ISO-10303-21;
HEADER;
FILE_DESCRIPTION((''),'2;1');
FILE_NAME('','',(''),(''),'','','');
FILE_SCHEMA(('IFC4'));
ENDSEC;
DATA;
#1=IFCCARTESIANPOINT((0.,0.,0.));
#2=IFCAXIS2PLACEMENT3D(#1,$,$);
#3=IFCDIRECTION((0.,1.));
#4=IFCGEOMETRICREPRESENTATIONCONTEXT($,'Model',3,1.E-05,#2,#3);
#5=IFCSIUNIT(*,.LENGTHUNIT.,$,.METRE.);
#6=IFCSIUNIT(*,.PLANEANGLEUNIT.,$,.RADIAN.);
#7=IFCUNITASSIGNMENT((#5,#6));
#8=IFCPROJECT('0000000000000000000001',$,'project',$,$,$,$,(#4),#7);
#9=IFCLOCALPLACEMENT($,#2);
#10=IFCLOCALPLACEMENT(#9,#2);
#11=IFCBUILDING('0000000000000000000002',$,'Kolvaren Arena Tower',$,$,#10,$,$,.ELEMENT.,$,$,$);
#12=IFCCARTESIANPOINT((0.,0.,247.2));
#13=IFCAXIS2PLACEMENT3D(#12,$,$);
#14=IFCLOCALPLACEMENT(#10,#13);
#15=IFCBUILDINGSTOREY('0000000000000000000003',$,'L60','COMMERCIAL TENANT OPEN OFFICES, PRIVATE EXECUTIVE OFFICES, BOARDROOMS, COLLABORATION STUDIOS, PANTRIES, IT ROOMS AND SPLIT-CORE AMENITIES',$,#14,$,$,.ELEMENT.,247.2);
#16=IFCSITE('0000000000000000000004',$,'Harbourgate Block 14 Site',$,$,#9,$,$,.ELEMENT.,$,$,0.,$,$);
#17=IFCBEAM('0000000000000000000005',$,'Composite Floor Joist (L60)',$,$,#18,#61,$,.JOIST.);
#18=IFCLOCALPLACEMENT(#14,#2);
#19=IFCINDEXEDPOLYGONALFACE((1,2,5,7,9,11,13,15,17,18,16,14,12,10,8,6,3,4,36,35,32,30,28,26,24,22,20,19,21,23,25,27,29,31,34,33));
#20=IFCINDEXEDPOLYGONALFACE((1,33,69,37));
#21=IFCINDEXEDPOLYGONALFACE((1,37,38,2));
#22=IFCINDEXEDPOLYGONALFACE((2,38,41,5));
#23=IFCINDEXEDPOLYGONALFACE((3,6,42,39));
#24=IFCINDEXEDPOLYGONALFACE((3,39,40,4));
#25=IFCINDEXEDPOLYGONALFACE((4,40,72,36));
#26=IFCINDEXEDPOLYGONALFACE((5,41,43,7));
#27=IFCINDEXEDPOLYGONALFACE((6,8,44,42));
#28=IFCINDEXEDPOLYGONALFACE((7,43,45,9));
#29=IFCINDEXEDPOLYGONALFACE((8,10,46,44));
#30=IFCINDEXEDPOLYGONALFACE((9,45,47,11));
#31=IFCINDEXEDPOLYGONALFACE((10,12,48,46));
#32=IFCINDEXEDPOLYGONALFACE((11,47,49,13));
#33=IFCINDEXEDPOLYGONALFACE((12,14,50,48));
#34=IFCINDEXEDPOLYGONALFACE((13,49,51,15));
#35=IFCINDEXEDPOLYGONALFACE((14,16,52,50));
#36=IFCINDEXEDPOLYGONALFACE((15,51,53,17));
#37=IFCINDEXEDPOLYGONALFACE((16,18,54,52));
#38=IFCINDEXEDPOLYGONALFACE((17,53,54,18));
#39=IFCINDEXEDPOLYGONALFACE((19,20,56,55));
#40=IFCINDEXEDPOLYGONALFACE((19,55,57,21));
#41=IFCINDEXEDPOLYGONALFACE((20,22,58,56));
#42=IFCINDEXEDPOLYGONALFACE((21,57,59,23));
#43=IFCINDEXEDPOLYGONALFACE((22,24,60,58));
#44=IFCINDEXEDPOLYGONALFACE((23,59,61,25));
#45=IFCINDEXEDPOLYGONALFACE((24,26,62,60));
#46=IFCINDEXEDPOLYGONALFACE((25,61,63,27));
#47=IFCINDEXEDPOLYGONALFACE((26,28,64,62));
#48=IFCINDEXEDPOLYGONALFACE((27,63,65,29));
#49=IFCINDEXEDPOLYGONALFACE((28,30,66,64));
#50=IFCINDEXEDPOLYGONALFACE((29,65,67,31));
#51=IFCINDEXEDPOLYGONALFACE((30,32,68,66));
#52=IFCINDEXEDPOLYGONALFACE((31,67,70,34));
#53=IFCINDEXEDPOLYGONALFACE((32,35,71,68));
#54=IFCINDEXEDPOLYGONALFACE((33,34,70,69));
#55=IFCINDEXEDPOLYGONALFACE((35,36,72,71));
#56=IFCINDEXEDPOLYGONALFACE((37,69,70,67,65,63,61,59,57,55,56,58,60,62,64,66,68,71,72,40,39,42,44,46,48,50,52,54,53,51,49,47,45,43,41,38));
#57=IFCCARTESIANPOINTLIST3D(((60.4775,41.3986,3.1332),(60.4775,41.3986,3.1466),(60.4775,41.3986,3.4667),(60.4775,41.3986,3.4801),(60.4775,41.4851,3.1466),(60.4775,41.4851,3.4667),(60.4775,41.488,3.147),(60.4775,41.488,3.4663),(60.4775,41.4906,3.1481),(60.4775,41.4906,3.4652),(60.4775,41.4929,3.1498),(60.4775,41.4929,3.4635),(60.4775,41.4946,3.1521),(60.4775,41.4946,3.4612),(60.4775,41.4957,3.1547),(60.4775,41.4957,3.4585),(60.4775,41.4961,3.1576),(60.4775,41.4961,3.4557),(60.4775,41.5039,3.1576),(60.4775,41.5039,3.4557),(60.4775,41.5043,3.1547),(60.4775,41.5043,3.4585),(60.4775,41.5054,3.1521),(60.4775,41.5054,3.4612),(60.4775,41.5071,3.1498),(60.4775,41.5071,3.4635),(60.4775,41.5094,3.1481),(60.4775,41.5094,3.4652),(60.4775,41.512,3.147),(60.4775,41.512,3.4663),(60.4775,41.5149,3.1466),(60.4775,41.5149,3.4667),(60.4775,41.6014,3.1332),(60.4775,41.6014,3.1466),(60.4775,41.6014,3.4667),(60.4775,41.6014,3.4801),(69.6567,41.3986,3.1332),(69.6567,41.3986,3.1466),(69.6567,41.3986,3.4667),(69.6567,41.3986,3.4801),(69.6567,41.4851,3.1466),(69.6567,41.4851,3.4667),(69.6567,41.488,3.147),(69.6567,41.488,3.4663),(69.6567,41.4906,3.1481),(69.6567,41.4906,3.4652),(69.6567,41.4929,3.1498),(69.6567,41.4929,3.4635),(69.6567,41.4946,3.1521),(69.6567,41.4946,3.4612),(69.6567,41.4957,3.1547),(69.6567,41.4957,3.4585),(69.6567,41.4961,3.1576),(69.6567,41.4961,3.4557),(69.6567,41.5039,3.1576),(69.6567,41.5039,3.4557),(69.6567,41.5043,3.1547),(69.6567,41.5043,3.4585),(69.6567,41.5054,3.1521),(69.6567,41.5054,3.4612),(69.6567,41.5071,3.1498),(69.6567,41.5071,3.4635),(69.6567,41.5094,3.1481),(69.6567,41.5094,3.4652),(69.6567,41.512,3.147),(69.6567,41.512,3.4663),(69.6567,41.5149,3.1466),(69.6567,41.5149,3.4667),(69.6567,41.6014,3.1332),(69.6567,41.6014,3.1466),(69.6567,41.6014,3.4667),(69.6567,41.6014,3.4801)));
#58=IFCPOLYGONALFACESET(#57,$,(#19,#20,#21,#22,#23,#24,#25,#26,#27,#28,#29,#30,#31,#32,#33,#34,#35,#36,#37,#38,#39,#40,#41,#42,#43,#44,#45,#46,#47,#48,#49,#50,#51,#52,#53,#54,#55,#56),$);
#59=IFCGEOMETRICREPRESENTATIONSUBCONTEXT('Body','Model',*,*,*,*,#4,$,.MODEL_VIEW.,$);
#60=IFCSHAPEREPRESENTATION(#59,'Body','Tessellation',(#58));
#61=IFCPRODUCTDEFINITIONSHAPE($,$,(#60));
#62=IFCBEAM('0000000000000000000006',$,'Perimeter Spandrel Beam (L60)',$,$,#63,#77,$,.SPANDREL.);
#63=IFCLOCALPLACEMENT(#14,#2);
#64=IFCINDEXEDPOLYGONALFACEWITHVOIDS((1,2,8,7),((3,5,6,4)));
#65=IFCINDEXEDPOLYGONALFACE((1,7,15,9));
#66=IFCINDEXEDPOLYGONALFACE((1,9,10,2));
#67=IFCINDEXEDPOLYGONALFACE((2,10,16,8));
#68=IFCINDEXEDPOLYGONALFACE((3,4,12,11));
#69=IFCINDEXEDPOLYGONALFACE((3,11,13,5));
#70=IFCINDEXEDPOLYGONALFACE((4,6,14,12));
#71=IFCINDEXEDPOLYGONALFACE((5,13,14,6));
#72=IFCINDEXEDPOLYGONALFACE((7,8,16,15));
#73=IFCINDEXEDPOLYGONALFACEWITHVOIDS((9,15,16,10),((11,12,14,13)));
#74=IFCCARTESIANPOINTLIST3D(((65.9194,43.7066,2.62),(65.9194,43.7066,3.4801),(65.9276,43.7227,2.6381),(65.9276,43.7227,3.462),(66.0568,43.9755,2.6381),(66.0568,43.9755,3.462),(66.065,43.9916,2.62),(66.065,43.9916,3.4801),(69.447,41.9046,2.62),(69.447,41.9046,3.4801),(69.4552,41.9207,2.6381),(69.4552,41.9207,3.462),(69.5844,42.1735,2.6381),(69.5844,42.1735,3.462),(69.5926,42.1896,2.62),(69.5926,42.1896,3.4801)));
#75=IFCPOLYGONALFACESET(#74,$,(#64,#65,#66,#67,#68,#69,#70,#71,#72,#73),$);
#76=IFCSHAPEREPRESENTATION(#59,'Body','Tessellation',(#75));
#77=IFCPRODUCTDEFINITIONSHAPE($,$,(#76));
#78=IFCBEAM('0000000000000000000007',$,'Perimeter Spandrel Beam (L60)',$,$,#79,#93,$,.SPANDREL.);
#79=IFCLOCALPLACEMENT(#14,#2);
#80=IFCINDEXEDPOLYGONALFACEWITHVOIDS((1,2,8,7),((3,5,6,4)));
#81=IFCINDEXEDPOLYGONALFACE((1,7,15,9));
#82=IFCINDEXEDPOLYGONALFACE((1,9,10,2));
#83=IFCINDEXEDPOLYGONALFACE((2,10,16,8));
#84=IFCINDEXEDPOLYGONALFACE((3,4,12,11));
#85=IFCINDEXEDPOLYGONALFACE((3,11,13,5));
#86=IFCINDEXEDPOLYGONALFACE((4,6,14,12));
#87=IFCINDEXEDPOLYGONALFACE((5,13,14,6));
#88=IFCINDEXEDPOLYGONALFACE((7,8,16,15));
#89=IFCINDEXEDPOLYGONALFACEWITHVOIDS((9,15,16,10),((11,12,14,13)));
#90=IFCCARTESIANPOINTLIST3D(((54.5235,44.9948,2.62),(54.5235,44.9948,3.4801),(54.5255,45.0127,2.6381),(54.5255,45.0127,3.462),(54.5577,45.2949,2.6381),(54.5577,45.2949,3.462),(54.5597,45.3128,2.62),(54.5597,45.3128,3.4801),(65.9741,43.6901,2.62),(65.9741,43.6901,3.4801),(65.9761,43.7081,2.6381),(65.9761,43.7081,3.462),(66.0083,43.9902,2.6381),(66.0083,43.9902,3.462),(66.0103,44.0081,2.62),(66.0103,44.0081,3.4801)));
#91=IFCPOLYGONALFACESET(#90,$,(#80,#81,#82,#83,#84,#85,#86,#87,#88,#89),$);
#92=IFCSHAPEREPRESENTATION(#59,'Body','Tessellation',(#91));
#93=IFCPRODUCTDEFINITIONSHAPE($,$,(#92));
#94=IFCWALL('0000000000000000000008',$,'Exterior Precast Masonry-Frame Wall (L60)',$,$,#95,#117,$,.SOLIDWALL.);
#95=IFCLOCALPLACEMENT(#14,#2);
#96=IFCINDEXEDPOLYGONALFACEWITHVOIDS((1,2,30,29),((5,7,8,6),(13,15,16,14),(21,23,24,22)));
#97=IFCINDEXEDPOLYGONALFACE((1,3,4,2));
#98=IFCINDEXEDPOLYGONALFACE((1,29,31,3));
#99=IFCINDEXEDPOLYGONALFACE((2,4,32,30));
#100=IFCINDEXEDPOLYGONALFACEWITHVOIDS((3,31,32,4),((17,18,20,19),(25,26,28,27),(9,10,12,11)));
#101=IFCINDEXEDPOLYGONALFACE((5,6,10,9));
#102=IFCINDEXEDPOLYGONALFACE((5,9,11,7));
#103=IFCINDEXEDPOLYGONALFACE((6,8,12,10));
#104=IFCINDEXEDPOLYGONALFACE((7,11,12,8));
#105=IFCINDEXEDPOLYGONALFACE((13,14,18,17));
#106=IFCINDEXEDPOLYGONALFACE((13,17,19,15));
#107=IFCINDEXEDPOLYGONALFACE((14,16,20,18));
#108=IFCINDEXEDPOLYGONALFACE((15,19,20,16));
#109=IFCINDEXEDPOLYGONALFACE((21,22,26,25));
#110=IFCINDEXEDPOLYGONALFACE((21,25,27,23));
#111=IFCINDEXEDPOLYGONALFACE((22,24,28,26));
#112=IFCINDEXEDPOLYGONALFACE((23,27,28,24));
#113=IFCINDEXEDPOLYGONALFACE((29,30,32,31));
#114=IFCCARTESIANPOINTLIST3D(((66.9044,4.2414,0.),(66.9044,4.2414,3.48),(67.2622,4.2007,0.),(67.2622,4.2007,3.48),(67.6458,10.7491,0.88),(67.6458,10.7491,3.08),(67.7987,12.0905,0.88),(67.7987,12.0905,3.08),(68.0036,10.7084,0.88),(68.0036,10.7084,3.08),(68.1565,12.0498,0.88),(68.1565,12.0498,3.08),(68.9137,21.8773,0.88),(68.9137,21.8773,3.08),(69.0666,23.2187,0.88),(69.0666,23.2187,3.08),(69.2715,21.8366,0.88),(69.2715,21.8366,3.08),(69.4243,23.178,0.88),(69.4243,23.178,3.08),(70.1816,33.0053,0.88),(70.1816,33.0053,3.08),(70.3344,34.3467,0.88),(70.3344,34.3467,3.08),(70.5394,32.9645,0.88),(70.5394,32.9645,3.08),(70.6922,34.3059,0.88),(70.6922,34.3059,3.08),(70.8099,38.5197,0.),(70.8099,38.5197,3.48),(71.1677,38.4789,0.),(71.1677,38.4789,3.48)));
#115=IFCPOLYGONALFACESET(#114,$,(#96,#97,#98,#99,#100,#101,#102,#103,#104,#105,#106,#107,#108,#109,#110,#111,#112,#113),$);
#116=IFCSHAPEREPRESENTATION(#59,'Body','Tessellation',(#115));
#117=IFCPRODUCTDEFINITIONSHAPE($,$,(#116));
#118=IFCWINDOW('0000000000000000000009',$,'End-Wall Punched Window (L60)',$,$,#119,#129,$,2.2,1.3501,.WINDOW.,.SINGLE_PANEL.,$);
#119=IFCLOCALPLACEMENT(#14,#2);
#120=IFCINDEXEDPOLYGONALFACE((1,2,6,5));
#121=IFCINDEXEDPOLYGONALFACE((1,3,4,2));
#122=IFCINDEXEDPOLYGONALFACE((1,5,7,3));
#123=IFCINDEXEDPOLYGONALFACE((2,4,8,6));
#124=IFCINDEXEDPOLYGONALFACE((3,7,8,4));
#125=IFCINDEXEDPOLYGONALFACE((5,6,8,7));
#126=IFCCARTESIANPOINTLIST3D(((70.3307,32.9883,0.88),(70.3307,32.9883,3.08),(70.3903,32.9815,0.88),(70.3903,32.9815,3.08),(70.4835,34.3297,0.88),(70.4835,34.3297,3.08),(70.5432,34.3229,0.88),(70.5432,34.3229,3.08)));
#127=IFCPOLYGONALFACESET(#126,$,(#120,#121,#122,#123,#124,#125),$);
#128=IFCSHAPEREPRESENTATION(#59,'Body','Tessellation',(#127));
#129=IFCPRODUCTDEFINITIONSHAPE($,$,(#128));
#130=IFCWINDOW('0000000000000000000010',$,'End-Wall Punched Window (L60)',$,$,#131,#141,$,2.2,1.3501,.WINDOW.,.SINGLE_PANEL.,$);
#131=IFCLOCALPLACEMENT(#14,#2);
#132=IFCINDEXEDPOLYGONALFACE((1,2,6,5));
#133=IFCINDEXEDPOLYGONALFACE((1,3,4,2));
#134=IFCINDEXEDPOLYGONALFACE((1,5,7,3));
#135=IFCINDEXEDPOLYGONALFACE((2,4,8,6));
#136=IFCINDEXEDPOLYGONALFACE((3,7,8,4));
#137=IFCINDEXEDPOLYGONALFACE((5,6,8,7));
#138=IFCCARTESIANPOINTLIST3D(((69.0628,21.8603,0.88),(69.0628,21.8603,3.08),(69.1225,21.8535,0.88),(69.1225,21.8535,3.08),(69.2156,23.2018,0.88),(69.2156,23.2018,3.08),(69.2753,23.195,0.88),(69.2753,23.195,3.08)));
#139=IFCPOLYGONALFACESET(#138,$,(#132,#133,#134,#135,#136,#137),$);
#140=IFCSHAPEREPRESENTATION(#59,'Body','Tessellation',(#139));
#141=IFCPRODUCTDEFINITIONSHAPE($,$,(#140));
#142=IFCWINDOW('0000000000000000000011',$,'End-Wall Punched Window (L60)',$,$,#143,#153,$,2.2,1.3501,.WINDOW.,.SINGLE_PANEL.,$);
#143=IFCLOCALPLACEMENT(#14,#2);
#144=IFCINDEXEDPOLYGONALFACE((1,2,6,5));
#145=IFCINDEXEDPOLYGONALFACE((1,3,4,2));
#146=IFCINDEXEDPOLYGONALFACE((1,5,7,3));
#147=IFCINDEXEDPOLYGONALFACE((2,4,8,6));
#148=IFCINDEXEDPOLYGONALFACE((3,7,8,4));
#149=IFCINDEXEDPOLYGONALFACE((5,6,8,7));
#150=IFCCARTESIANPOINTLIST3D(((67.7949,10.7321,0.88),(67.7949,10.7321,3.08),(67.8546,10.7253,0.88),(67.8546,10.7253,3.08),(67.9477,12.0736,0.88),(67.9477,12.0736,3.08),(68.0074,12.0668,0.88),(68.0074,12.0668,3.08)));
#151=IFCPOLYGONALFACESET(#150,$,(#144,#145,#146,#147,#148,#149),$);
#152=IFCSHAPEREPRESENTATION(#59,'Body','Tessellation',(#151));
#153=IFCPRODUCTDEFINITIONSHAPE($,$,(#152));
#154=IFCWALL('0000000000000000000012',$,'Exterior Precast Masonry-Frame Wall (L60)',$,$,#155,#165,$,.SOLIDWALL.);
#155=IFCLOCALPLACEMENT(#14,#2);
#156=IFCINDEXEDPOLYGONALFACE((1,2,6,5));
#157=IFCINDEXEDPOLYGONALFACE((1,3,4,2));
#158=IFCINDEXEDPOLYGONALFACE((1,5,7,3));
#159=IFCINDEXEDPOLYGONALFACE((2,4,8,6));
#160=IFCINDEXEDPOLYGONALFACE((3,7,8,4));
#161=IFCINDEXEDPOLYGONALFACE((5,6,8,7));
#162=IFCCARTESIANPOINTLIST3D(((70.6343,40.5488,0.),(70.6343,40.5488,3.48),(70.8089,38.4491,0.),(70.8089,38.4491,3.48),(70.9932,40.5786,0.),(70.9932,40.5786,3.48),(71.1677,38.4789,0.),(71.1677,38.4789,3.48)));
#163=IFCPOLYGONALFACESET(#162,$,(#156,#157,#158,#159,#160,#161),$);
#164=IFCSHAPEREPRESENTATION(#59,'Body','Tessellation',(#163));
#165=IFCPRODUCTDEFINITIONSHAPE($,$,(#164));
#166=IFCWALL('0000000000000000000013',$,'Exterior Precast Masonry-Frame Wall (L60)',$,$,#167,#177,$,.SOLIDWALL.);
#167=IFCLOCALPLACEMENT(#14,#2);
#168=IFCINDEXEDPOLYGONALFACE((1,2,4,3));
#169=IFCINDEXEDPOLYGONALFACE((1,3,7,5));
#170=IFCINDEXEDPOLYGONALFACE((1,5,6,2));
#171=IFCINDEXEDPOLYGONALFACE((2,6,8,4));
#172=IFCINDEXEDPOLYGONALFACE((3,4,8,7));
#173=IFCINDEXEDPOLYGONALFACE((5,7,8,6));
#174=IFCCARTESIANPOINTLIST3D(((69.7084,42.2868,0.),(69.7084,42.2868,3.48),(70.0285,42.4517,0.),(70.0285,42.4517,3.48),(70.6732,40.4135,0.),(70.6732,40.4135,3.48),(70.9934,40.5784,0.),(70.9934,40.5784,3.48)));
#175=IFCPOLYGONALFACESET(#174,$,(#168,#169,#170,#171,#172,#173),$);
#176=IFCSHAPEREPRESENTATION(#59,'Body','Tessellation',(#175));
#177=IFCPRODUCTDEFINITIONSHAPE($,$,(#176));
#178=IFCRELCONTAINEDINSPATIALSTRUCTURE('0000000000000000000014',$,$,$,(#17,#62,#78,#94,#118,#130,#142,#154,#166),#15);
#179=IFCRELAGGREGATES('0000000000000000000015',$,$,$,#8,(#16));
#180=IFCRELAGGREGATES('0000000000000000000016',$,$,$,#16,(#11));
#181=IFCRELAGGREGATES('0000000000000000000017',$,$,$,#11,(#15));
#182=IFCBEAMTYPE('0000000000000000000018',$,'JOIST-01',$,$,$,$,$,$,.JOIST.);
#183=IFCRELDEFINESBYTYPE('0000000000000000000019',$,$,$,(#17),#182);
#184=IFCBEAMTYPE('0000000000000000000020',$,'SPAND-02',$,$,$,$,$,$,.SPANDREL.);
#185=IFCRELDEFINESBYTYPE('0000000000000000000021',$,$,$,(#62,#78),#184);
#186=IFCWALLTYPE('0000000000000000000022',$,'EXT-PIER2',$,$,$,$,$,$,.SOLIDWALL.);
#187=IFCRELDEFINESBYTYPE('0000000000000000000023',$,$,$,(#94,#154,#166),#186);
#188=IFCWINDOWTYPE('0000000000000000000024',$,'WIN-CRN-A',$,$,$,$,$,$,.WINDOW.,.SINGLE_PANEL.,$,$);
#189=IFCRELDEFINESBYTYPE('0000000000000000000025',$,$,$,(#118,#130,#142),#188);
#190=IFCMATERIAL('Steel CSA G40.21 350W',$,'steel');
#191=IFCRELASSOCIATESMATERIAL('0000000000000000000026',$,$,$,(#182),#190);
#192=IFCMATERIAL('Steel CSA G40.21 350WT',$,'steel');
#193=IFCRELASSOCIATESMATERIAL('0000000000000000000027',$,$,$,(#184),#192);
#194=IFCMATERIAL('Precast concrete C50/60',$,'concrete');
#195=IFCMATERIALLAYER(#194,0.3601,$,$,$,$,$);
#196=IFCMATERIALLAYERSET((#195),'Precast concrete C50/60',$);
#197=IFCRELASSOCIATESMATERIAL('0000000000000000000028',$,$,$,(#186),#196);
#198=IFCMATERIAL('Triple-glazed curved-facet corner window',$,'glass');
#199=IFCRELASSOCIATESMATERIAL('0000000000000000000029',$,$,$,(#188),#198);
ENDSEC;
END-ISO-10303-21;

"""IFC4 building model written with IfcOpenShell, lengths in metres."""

from ifc_helpers import new_model, si_unit, direction, frame, frame_2d, origin, origin_2d, place, context, subcontext, project, spatial, rectangle, hollow_rectangle, i_section, extrude, material, layer, layer_set, material_profile, profile_set, type_object, element, fill, save


model = new_model("IFC4")

# Units and contexts
model_context = context("Model", 3, precision=1e-05, world=origin(), true_north=direction((0.0, 1.0)))
body_context = subcontext(model_context, "Body", "Model", "MODEL_VIEW")
ifc_project = project(units=[si_unit("LENGTHUNIT", "METRE"), si_unit("PLANEANGLEUNIT", "RADIAN")], contexts=[model_context])

# Site, building, storey
site_placement = place(None, origin())
site = spatial("IfcSite", under=ifc_project, at=site_placement, Name="Harbourgate Block 14 Site", CompositionType="ELEMENT", RefElevation=0.0)
building_placement = place(site_placement, origin())
building = spatial("IfcBuilding", under=site, at=building_placement, Name="Kolvaren Arena Tower", CompositionType="ELEMENT")
storey_placement = place(building_placement, frame((0.0, 0.0, 247.2)))
storey = spatial("IfcBuildingStorey", under=building, at=storey_placement, Name="L60", Description="COMMERCIAL TENANT OPEN OFFICES, PRIVATE EXECUTIVE OFFICES, BOARDROOMS, COLLABORATION STUDIOS, PANTRIES, IT ROOMS AND SPLIT-CORE AMENITIES", CompositionType="ELEMENT", Elevation=247.2)

# Beams
ifc_material_1 = material(Name="Steel CSA G40.21 350W", Category="steel")
ifc_material_profile_1 = material_profile(ifc_material_1, i_section(OverallWidth=0.2029, OverallDepth=0.3469, WebThickness=0.0078, FlangeThickness=0.0134, FilletRadius=0.011, at=origin_2d()), Name="W360x64")
ifc_profile_set_1 = profile_set([ifc_material_profile_1], Name="Steel CSA G40.21 350W")
beam_type_1 = type_object("IfcBeamType", Name="JOIST-01", PredefinedType="JOIST", material=ifc_profile_set_1)
beam_1_placement = place(storey_placement, frame((60.4775, 41.5, 3.3066), z_axis=(1.0, 0.0, 0.0), x_axis=(0.0, 1.0, 0.0)))
element("IfcBeam", 1, at=beam_1_placement, inside=storey, type_object=beam_type_1, Name="Composite Floor Joist (L60)", PredefinedType="JOIST", context=body_context, shape_type="SweptSolid", body=[
    extrude(i_section(OverallWidth=0.2029, OverallDepth=0.3469, WebThickness=0.0078, FlangeThickness=0.0134, FilletRadius=0.011, at=origin_2d()), origin(), (0.0, 0.0, 1.0), 9.1792),
])
ifc_material_2 = material(Name="Steel CSA G40.21 350WT", Category="steel")
ifc_material_profile_2 = material_profile(ifc_material_2, hollow_rectangle(XDim=0.3201, YDim=0.8601, WallThickness=0.0181, at=origin_2d()), Name="HSS 860x320x18")
ifc_profile_set_2 = profile_set([ifc_material_profile_2], Name="Steel CSA G40.21 350WT")
beam_type_2 = type_object("IfcBeamType", Name="SPAND-02", PredefinedType="SPANDREL", material=ifc_profile_set_2)
beam_2_placement = place(storey_placement, frame((69.5198, 42.0471, 3.05), z_axis=(-0.890536, 0.454913, 0.0), x_axis=(-0.454913, -0.890536, 0.0)))
element("IfcBeam", 2, at=beam_2_placement, inside=storey, type_object=beam_type_2, Name="Perimeter Spandrel Beam (L60)", PredefinedType="SPANDREL", context=body_context, shape_type="SweptSolid", body=[
    extrude(hollow_rectangle(XDim=0.3201, YDim=0.8601, WallThickness=0.0181, at=origin_2d()), origin(), (0.0, 0.0, 1.0), 3.9612),
])
beam_3_placement = place(storey_placement, frame((65.9922, 43.8491, 3.05), z_axis=(-0.993571, 0.113207, 0.0), x_axis=(-0.113207, -0.993571, 0.0)))
element("IfcBeam", 3, at=beam_3_placement, inside=storey, type_object=beam_type_2, Name="Perimeter Spandrel Beam (L60)", PredefinedType="SPANDREL", context=body_context, shape_type="SweptSolid", body=[
    extrude(hollow_rectangle(XDim=0.3201, YDim=0.8601, WallThickness=0.0181, at=origin_2d()), origin(), (0.0, 0.0, 1.0), 11.5247),
])

# Wall, openings, windows
ifc_material_3 = material(Name="Precast concrete C50/60", Category="concrete")
ifc_layer_1 = layer(ifc_material_3, 0.3601)
ifc_layer_set_1 = layer_set([ifc_layer_1], Name="Precast concrete C50/60")
wall_type_1 = type_object("IfcWallType", Name="EXT-PIER2", PredefinedType="SOLIDWALL", material=ifc_layer_set_1)
wall_1_placement = place(storey_placement, frame((70.9888, 38.4993, 0.0), z_axis=(0.0, 0.0, 1.0), x_axis=(-0.113203, -0.993572, 0.0)))
wall_1 = element("IfcWall", 4, at=wall_1_placement, inside=storey, type_object=wall_type_1, Name="Exterior Precast Masonry-Frame Wall (L60)", PredefinedType="SOLIDWALL", context=body_context, shape_type="SweptSolid", body=[
    extrude(rectangle(XDim=34.5, YDim=0.3601, at=frame_2d((17.25, 0.0))), origin(), (0.0, 0.0, 1.0), 3.48),
])
opening_1_placement = place(wall_1_placement, frame((4.2, 0.0, 0.8799)))
opening_1 = element("IfcOpeningElement", 5, at=opening_1_placement, cuts=wall_1, PredefinedType="OPENING", context=body_context, shape_type="SweptSolid", body=[
    extrude(rectangle(XDim=1.3501, YDim=2.2, at=frame_2d((0.675, 1.1001))), frame((0.0, 0.1899, 0.0), z_axis=(0.0, -1.0, 0.0), x_axis=(1.0, 0.0, 0.0)), (0.0, 0.0, 1.0), 0.3801),
])
opening_2_placement = place(wall_1_placement, frame((15.3999, 0.0, 0.8799)))
opening_2 = element("IfcOpeningElement", 6, at=opening_2_placement, cuts=wall_1, PredefinedType="OPENING", context=body_context, shape_type="SweptSolid", body=[
    extrude(rectangle(XDim=1.3501, YDim=2.2, at=frame_2d((0.675, 1.1001))), frame((0.0, 0.1899, 0.0), z_axis=(0.0, -1.0, 0.0), x_axis=(1.0, 0.0, 0.0)), (0.0, 0.0, 1.0), 0.3801),
])
opening_3_placement = place(wall_1_placement, frame((26.6001, 0.0, 0.8799)))
opening_3 = element("IfcOpeningElement", 7, at=opening_3_placement, cuts=wall_1, PredefinedType="OPENING", context=body_context, shape_type="SweptSolid", body=[
    extrude(rectangle(XDim=1.3501, YDim=2.2, at=frame_2d((0.675, 1.1001))), frame((0.0, 0.1899, 0.0), z_axis=(0.0, -1.0, 0.0), x_axis=(1.0, 0.0, 0.0)), (0.0, 0.0, 1.0), 0.3801),
])
ifc_material_4 = material(Name="Triple-glazed curved-facet corner window", Category="glass")
window_type = type_object("IfcWindowType", Name="WIN-CRN-A", PartitioningType="SINGLE_PANEL", PredefinedType="WINDOW", material=ifc_material_4)
window_1_placement = place(opening_1_placement, origin())
window_1 = element("IfcWindow", 8, at=window_1_placement, inside=storey, type_object=window_type, Name="End-Wall Punched Window (L60)", OverallHeight=2.2, OverallWidth=1.3501, PartitioningType="SINGLE_PANEL", PredefinedType="WINDOW", context=body_context, shape_type="SweptSolid", body=[
    extrude(rectangle(XDim=1.3501, YDim=2.2, at=frame_2d((0.675, 1.1001))), frame((0.0, 0.03, 0.0), z_axis=(0.0, -1.0, 0.0), x_axis=(1.0, 0.0, 0.0)), (0.0, 0.0, 1.0), 0.0601),
])
fill(opening_1, window_1)
window_2_placement = place(opening_2_placement, origin())
window_2 = element("IfcWindow", 9, at=window_2_placement, inside=storey, type_object=window_type, Name="End-Wall Punched Window (L60)", OverallHeight=2.2, OverallWidth=1.3501, PartitioningType="SINGLE_PANEL", PredefinedType="WINDOW", context=body_context, shape_type="SweptSolid", body=[
    extrude(rectangle(XDim=1.3501, YDim=2.2, at=frame_2d((0.675, 1.1001))), frame((0.0, 0.03, 0.0), z_axis=(0.0, -1.0, 0.0), x_axis=(1.0, 0.0, 0.0)), (0.0, 0.0, 1.0), 0.0601),
])
fill(opening_2, window_2)
window_3_placement = place(opening_3_placement, origin())
window_3 = element("IfcWindow", 10, at=window_3_placement, inside=storey, type_object=window_type, Name="End-Wall Punched Window (L60)", OverallHeight=2.2, OverallWidth=1.3501, PartitioningType="SINGLE_PANEL", PredefinedType="WINDOW", context=body_context, shape_type="SweptSolid", body=[
    extrude(rectangle(XDim=1.3501, YDim=2.2, at=frame_2d((0.675, 1.1001))), frame((0.0, 0.03, 0.0), z_axis=(0.0, -1.0, 0.0), x_axis=(1.0, 0.0, 0.0)), (0.0, 0.0, 1.0), 0.0601),
])
fill(opening_3, window_3)

# Walls
wall_2_placement = place(storey_placement, frame((70.8137, 40.5637, 0.0), z_axis=(0.0, 0.0, 1.0), x_axis=(0.082854, -0.996562, 0.0)))
element("IfcWall", 11, at=wall_2_placement, inside=storey, type_object=wall_type_1, Name="Exterior Precast Masonry-Frame Wall (L60)", PredefinedType="SOLIDWALL", context=body_context, shape_type="SweptSolid", body=[
    extrude(rectangle(XDim=2.1069, YDim=0.3601, at=frame_2d((1.0535, 0.0))), origin(), (0.0, 0.0, 1.0), 3.48),
])
for number, where, z_axis, x_axis, name in (
    (12, (69.8684, 42.3694, 0.0), (0.0, 0.0, 1.0), (0.457887, -0.88901, 0.0), "Exterior Precast Masonry-Frame Wall (L60)"),
):
    element("IfcWall", number, at=place(storey_placement, frame(where, z_axis=z_axis, x_axis=x_axis)), inside=storey, type_object=wall_type_1, Name=name, PredefinedType="SOLIDWALL", context=body_context, shape_type="SweptSolid", body=[
        extrude(rectangle(XDim=2.1072, YDim=0.3601, at=frame_2d((1.0537, 0.0))), origin(), (0.0, 0.0, 1.0), 3.48),
    ])

save(model, "model.ifc")
